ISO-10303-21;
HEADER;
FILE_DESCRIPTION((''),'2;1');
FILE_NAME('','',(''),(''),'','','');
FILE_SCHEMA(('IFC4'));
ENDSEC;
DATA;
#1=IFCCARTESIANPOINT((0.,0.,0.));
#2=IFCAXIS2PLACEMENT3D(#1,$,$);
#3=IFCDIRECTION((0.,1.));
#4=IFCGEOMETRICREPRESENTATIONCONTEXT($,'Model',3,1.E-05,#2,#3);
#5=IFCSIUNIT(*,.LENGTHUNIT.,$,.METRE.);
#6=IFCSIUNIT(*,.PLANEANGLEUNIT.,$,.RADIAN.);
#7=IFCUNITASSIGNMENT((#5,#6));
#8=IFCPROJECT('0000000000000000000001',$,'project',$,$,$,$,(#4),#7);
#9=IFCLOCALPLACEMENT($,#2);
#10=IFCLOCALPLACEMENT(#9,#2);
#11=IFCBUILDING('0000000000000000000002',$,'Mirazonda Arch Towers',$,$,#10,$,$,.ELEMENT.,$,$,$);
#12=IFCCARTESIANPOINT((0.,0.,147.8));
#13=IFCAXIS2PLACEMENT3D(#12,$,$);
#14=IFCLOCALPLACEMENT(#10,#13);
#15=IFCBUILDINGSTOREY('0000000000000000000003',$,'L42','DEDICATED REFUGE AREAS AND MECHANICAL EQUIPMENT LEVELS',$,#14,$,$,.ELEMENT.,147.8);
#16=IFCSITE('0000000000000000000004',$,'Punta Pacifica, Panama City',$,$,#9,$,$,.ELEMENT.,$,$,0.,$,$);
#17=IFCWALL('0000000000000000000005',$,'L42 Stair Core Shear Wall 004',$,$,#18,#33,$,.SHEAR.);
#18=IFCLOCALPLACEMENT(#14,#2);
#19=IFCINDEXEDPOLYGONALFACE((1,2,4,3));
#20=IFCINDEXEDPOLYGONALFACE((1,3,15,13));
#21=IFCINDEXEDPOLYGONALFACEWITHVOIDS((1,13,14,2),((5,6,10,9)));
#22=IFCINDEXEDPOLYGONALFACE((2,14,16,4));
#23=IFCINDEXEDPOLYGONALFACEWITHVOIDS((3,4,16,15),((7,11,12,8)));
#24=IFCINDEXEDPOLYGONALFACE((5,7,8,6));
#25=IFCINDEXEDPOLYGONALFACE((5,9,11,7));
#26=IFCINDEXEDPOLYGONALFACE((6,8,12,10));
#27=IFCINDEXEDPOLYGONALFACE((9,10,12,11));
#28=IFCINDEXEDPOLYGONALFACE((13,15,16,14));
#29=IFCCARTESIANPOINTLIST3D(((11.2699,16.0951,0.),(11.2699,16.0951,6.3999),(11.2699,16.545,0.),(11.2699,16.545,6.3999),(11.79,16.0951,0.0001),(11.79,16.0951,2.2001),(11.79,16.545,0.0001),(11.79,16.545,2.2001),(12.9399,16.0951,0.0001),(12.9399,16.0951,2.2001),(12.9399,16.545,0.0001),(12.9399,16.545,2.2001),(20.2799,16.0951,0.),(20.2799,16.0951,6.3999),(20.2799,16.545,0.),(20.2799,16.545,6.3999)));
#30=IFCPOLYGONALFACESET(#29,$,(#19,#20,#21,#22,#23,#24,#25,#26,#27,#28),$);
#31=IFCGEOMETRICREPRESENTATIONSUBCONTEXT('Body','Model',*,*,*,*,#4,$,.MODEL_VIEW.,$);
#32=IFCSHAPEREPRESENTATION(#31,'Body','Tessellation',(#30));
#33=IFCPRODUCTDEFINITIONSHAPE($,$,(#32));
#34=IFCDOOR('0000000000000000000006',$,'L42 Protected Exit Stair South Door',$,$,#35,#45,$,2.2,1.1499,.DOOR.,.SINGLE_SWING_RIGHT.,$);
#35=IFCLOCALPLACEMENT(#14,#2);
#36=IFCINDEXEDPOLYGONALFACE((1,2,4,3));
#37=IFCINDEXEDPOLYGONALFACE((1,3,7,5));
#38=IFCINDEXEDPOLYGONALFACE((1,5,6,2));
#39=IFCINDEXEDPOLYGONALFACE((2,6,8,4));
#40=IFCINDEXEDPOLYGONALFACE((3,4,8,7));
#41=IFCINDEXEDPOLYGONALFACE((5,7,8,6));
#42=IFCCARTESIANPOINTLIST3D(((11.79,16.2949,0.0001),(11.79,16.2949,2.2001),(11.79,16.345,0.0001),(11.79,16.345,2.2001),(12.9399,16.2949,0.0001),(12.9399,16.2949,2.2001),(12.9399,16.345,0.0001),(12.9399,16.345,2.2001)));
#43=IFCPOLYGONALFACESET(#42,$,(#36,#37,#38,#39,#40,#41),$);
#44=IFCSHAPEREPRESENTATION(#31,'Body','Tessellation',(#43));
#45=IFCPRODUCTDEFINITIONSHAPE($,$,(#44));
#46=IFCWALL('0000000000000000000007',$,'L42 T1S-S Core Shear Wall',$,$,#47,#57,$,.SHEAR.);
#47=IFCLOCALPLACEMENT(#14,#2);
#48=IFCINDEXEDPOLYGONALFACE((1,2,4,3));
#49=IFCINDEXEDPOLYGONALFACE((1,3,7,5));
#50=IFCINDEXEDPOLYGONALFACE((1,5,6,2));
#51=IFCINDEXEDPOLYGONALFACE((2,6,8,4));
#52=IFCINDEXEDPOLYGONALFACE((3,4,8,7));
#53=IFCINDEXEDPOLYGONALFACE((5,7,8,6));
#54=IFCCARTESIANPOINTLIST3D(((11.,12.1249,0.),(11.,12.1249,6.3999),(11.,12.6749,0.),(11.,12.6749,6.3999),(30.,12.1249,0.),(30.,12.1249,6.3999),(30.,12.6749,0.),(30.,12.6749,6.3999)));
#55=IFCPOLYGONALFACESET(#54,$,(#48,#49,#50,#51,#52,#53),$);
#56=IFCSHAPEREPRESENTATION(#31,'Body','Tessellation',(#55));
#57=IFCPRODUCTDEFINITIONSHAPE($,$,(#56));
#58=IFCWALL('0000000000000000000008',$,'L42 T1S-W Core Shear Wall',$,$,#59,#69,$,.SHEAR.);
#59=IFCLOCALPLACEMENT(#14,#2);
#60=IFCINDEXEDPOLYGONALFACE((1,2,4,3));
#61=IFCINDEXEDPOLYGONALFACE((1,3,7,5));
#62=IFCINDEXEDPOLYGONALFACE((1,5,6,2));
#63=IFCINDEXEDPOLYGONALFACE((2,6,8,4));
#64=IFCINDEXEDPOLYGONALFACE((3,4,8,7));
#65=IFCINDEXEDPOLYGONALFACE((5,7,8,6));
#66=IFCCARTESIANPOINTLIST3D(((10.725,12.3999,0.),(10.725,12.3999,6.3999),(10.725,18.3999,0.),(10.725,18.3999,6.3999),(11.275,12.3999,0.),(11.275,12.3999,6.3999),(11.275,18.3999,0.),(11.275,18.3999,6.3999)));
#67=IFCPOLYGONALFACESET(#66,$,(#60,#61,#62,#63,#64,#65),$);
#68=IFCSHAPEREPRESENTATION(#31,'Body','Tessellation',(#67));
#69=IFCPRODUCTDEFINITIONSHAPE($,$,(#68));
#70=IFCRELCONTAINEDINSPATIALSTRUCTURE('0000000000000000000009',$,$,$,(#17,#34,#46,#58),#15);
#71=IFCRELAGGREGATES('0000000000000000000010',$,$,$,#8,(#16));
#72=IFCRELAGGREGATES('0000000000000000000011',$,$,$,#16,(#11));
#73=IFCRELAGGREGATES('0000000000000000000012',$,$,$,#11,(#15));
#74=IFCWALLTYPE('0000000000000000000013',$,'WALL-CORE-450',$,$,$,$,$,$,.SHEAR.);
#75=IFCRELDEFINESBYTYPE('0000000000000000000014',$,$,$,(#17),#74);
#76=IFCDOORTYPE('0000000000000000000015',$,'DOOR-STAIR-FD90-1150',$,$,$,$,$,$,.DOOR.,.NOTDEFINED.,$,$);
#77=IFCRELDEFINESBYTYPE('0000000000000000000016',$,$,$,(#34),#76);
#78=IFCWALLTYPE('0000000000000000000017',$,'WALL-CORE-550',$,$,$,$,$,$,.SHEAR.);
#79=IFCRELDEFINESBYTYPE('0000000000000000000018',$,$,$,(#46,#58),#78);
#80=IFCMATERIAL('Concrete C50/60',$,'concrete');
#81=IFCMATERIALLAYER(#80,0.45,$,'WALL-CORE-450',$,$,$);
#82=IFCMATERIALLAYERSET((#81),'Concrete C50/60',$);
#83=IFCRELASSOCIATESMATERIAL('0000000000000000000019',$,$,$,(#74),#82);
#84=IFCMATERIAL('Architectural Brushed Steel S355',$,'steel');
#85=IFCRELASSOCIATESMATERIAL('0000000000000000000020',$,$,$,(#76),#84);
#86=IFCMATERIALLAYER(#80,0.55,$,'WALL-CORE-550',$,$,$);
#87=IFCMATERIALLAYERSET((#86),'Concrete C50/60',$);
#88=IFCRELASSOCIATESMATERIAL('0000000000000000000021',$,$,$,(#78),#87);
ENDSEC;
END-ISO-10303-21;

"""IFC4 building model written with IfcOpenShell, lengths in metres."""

from ifc_helpers import new_model, si_unit, direction, frame, frame_2d, origin, place, context, subcontext, project, spatial, rectangle, extrude, material, layer, layer_set, type_object, element, fill, save


model = new_model("IFC4")

# Units and contexts
model_context = context("Model", 3, precision=1e-05, world=origin(), true_north=direction((0.0, 1.0)))
body_context = subcontext(model_context, "Body", "Model", "MODEL_VIEW")
ifc_project = project(units=[si_unit("LENGTHUNIT", "METRE"), si_unit("PLANEANGLEUNIT", "RADIAN")], contexts=[model_context])

# Site, building, storey
site_placement = place(None, origin())
site = spatial("IfcSite", under=ifc_project, at=site_placement, Name="Punta Pacifica, Panama City", CompositionType="ELEMENT", RefElevation=0.0)
building_placement = place(site_placement, origin())
building = spatial("IfcBuilding", under=site, at=building_placement, Name="Mirazonda Arch Towers", CompositionType="ELEMENT")
storey_placement = place(building_placement, frame((0.0, 0.0, 147.8)))
storey = spatial("IfcBuildingStorey", under=building, at=storey_placement, Name="L42", Description="DEDICATED REFUGE AREAS AND MECHANICAL EQUIPMENT LEVELS", CompositionType="ELEMENT", Elevation=147.8)

# Shared definitions
ifc_material_1 = material(Name="Concrete C50/60", Category="concrete")

# Shared definitions
ifc_layer_1 = layer(ifc_material_1, 0.45, Name="WALL-CORE-450")
ifc_layer_set_1 = layer_set([ifc_layer_1], Name="Concrete C50/60")
wall_type_1 = type_object("IfcWallType", Name="WALL-CORE-450", PredefinedType="SHEAR", material=ifc_layer_set_1)

# Wall, opening, door
wall_1_placement = place(storey_placement, frame((11.27, 16.3201, 0.0), z_axis=(0.0, 0.0, 1.0), x_axis=(1.0, 0.0, 0.0)))
wall_1 = element("IfcWall", 1, at=wall_1_placement, inside=storey, type_object=wall_type_1, Name="L42 Stair Core Shear Wall 004", PredefinedType="SHEAR", context=body_context, shape_type="SweptSolid", body=[
    extrude(rectangle(XDim=9.01, YDim=0.45, at=frame_2d((4.5049, 0.0))), origin(), (0.0, 0.0, 1.0), 6.3999),
])
opening_placement = place(wall_1_placement, frame((0.52, 0.0, 0.0)))
opening = element("IfcOpeningElement", 2, at=opening_placement, cuts=wall_1, PredefinedType="OPENING", context=body_context, shape_type="SweptSolid", body=[
    extrude(rectangle(XDim=1.1499, YDim=2.2, at=frame_2d((0.575, 1.1001))), frame((0.0, 0.2349, 0.0), z_axis=(0.0, -1.0, 0.0), x_axis=(1.0, 0.0, 0.0)), (0.0, 0.0, 1.0), 0.47),
])
ifc_material_2 = material(Name="Architectural Brushed Steel S355", Category="steel")
door_type = type_object("IfcDoorType", Name="DOOR-STAIR-FD90-1150", OperationType="NOTDEFINED", PredefinedType="DOOR", material=ifc_material_2)
door_placement = place(opening_placement, origin())
door = element("IfcDoor", 3, at=door_placement, inside=storey, type_object=door_type, Name="L42 Protected Exit Stair South Door", OperationType="SINGLE_SWING_RIGHT", OverallHeight=2.2, OverallWidth=1.1499, PredefinedType="DOOR", context=body_context, shape_type="SweptSolid", body=[
    extrude(rectangle(XDim=1.1499, YDim=2.2, at=frame_2d((0.575, 1.1001))), frame((0.0, 0.0249, 0.0), z_axis=(0.0, -1.0, 0.0), x_axis=(1.0, 0.0, 0.0)), (0.0, 0.0, 1.0), 0.05),
])
fill(opening, door)

# Walls
ifc_layer_2 = layer(ifc_material_1, 0.55, Name="WALL-CORE-550")
ifc_layer_set_2 = layer_set([ifc_layer_2], Name="Concrete C50/60")
wall_type_2 = type_object("IfcWallType", Name="WALL-CORE-550", PredefinedType="SHEAR", material=ifc_layer_set_2)
wall_2_placement = place(storey_placement, frame((11.0, 12.3999, 0.0), z_axis=(0.0, 0.0, 1.0), x_axis=(1.0, 0.0, 0.0)))
element("IfcWall", 4, at=wall_2_placement, inside=storey, type_object=wall_type_2, Name="L42 T1S-S Core Shear Wall", PredefinedType="SHEAR", context=body_context, shape_type="SweptSolid", body=[
    extrude(rectangle(XDim=19.0, YDim=0.55, at=frame_2d((9.5, 0.0))), origin(), (0.0, 0.0, 1.0), 6.3999),
])
wall_3_placement = place(storey_placement, frame((11.0, 12.3999, 0.0), z_axis=(0.0, 0.0, 1.0), x_axis=(0.0, 1.0, 0.0)))
element("IfcWall", 5, at=wall_3_placement, inside=storey, type_object=wall_type_2, Name="L42 T1S-W Core Shear Wall", PredefinedType="SHEAR", context=body_context, shape_type="SweptSolid", body=[
    extrude(rectangle(XDim=6.0, YDim=0.55, at=frame_2d((3.0, 0.0))), origin(), (0.0, 0.0, 1.0), 6.3999),
])

save(model, "model.ifc")
